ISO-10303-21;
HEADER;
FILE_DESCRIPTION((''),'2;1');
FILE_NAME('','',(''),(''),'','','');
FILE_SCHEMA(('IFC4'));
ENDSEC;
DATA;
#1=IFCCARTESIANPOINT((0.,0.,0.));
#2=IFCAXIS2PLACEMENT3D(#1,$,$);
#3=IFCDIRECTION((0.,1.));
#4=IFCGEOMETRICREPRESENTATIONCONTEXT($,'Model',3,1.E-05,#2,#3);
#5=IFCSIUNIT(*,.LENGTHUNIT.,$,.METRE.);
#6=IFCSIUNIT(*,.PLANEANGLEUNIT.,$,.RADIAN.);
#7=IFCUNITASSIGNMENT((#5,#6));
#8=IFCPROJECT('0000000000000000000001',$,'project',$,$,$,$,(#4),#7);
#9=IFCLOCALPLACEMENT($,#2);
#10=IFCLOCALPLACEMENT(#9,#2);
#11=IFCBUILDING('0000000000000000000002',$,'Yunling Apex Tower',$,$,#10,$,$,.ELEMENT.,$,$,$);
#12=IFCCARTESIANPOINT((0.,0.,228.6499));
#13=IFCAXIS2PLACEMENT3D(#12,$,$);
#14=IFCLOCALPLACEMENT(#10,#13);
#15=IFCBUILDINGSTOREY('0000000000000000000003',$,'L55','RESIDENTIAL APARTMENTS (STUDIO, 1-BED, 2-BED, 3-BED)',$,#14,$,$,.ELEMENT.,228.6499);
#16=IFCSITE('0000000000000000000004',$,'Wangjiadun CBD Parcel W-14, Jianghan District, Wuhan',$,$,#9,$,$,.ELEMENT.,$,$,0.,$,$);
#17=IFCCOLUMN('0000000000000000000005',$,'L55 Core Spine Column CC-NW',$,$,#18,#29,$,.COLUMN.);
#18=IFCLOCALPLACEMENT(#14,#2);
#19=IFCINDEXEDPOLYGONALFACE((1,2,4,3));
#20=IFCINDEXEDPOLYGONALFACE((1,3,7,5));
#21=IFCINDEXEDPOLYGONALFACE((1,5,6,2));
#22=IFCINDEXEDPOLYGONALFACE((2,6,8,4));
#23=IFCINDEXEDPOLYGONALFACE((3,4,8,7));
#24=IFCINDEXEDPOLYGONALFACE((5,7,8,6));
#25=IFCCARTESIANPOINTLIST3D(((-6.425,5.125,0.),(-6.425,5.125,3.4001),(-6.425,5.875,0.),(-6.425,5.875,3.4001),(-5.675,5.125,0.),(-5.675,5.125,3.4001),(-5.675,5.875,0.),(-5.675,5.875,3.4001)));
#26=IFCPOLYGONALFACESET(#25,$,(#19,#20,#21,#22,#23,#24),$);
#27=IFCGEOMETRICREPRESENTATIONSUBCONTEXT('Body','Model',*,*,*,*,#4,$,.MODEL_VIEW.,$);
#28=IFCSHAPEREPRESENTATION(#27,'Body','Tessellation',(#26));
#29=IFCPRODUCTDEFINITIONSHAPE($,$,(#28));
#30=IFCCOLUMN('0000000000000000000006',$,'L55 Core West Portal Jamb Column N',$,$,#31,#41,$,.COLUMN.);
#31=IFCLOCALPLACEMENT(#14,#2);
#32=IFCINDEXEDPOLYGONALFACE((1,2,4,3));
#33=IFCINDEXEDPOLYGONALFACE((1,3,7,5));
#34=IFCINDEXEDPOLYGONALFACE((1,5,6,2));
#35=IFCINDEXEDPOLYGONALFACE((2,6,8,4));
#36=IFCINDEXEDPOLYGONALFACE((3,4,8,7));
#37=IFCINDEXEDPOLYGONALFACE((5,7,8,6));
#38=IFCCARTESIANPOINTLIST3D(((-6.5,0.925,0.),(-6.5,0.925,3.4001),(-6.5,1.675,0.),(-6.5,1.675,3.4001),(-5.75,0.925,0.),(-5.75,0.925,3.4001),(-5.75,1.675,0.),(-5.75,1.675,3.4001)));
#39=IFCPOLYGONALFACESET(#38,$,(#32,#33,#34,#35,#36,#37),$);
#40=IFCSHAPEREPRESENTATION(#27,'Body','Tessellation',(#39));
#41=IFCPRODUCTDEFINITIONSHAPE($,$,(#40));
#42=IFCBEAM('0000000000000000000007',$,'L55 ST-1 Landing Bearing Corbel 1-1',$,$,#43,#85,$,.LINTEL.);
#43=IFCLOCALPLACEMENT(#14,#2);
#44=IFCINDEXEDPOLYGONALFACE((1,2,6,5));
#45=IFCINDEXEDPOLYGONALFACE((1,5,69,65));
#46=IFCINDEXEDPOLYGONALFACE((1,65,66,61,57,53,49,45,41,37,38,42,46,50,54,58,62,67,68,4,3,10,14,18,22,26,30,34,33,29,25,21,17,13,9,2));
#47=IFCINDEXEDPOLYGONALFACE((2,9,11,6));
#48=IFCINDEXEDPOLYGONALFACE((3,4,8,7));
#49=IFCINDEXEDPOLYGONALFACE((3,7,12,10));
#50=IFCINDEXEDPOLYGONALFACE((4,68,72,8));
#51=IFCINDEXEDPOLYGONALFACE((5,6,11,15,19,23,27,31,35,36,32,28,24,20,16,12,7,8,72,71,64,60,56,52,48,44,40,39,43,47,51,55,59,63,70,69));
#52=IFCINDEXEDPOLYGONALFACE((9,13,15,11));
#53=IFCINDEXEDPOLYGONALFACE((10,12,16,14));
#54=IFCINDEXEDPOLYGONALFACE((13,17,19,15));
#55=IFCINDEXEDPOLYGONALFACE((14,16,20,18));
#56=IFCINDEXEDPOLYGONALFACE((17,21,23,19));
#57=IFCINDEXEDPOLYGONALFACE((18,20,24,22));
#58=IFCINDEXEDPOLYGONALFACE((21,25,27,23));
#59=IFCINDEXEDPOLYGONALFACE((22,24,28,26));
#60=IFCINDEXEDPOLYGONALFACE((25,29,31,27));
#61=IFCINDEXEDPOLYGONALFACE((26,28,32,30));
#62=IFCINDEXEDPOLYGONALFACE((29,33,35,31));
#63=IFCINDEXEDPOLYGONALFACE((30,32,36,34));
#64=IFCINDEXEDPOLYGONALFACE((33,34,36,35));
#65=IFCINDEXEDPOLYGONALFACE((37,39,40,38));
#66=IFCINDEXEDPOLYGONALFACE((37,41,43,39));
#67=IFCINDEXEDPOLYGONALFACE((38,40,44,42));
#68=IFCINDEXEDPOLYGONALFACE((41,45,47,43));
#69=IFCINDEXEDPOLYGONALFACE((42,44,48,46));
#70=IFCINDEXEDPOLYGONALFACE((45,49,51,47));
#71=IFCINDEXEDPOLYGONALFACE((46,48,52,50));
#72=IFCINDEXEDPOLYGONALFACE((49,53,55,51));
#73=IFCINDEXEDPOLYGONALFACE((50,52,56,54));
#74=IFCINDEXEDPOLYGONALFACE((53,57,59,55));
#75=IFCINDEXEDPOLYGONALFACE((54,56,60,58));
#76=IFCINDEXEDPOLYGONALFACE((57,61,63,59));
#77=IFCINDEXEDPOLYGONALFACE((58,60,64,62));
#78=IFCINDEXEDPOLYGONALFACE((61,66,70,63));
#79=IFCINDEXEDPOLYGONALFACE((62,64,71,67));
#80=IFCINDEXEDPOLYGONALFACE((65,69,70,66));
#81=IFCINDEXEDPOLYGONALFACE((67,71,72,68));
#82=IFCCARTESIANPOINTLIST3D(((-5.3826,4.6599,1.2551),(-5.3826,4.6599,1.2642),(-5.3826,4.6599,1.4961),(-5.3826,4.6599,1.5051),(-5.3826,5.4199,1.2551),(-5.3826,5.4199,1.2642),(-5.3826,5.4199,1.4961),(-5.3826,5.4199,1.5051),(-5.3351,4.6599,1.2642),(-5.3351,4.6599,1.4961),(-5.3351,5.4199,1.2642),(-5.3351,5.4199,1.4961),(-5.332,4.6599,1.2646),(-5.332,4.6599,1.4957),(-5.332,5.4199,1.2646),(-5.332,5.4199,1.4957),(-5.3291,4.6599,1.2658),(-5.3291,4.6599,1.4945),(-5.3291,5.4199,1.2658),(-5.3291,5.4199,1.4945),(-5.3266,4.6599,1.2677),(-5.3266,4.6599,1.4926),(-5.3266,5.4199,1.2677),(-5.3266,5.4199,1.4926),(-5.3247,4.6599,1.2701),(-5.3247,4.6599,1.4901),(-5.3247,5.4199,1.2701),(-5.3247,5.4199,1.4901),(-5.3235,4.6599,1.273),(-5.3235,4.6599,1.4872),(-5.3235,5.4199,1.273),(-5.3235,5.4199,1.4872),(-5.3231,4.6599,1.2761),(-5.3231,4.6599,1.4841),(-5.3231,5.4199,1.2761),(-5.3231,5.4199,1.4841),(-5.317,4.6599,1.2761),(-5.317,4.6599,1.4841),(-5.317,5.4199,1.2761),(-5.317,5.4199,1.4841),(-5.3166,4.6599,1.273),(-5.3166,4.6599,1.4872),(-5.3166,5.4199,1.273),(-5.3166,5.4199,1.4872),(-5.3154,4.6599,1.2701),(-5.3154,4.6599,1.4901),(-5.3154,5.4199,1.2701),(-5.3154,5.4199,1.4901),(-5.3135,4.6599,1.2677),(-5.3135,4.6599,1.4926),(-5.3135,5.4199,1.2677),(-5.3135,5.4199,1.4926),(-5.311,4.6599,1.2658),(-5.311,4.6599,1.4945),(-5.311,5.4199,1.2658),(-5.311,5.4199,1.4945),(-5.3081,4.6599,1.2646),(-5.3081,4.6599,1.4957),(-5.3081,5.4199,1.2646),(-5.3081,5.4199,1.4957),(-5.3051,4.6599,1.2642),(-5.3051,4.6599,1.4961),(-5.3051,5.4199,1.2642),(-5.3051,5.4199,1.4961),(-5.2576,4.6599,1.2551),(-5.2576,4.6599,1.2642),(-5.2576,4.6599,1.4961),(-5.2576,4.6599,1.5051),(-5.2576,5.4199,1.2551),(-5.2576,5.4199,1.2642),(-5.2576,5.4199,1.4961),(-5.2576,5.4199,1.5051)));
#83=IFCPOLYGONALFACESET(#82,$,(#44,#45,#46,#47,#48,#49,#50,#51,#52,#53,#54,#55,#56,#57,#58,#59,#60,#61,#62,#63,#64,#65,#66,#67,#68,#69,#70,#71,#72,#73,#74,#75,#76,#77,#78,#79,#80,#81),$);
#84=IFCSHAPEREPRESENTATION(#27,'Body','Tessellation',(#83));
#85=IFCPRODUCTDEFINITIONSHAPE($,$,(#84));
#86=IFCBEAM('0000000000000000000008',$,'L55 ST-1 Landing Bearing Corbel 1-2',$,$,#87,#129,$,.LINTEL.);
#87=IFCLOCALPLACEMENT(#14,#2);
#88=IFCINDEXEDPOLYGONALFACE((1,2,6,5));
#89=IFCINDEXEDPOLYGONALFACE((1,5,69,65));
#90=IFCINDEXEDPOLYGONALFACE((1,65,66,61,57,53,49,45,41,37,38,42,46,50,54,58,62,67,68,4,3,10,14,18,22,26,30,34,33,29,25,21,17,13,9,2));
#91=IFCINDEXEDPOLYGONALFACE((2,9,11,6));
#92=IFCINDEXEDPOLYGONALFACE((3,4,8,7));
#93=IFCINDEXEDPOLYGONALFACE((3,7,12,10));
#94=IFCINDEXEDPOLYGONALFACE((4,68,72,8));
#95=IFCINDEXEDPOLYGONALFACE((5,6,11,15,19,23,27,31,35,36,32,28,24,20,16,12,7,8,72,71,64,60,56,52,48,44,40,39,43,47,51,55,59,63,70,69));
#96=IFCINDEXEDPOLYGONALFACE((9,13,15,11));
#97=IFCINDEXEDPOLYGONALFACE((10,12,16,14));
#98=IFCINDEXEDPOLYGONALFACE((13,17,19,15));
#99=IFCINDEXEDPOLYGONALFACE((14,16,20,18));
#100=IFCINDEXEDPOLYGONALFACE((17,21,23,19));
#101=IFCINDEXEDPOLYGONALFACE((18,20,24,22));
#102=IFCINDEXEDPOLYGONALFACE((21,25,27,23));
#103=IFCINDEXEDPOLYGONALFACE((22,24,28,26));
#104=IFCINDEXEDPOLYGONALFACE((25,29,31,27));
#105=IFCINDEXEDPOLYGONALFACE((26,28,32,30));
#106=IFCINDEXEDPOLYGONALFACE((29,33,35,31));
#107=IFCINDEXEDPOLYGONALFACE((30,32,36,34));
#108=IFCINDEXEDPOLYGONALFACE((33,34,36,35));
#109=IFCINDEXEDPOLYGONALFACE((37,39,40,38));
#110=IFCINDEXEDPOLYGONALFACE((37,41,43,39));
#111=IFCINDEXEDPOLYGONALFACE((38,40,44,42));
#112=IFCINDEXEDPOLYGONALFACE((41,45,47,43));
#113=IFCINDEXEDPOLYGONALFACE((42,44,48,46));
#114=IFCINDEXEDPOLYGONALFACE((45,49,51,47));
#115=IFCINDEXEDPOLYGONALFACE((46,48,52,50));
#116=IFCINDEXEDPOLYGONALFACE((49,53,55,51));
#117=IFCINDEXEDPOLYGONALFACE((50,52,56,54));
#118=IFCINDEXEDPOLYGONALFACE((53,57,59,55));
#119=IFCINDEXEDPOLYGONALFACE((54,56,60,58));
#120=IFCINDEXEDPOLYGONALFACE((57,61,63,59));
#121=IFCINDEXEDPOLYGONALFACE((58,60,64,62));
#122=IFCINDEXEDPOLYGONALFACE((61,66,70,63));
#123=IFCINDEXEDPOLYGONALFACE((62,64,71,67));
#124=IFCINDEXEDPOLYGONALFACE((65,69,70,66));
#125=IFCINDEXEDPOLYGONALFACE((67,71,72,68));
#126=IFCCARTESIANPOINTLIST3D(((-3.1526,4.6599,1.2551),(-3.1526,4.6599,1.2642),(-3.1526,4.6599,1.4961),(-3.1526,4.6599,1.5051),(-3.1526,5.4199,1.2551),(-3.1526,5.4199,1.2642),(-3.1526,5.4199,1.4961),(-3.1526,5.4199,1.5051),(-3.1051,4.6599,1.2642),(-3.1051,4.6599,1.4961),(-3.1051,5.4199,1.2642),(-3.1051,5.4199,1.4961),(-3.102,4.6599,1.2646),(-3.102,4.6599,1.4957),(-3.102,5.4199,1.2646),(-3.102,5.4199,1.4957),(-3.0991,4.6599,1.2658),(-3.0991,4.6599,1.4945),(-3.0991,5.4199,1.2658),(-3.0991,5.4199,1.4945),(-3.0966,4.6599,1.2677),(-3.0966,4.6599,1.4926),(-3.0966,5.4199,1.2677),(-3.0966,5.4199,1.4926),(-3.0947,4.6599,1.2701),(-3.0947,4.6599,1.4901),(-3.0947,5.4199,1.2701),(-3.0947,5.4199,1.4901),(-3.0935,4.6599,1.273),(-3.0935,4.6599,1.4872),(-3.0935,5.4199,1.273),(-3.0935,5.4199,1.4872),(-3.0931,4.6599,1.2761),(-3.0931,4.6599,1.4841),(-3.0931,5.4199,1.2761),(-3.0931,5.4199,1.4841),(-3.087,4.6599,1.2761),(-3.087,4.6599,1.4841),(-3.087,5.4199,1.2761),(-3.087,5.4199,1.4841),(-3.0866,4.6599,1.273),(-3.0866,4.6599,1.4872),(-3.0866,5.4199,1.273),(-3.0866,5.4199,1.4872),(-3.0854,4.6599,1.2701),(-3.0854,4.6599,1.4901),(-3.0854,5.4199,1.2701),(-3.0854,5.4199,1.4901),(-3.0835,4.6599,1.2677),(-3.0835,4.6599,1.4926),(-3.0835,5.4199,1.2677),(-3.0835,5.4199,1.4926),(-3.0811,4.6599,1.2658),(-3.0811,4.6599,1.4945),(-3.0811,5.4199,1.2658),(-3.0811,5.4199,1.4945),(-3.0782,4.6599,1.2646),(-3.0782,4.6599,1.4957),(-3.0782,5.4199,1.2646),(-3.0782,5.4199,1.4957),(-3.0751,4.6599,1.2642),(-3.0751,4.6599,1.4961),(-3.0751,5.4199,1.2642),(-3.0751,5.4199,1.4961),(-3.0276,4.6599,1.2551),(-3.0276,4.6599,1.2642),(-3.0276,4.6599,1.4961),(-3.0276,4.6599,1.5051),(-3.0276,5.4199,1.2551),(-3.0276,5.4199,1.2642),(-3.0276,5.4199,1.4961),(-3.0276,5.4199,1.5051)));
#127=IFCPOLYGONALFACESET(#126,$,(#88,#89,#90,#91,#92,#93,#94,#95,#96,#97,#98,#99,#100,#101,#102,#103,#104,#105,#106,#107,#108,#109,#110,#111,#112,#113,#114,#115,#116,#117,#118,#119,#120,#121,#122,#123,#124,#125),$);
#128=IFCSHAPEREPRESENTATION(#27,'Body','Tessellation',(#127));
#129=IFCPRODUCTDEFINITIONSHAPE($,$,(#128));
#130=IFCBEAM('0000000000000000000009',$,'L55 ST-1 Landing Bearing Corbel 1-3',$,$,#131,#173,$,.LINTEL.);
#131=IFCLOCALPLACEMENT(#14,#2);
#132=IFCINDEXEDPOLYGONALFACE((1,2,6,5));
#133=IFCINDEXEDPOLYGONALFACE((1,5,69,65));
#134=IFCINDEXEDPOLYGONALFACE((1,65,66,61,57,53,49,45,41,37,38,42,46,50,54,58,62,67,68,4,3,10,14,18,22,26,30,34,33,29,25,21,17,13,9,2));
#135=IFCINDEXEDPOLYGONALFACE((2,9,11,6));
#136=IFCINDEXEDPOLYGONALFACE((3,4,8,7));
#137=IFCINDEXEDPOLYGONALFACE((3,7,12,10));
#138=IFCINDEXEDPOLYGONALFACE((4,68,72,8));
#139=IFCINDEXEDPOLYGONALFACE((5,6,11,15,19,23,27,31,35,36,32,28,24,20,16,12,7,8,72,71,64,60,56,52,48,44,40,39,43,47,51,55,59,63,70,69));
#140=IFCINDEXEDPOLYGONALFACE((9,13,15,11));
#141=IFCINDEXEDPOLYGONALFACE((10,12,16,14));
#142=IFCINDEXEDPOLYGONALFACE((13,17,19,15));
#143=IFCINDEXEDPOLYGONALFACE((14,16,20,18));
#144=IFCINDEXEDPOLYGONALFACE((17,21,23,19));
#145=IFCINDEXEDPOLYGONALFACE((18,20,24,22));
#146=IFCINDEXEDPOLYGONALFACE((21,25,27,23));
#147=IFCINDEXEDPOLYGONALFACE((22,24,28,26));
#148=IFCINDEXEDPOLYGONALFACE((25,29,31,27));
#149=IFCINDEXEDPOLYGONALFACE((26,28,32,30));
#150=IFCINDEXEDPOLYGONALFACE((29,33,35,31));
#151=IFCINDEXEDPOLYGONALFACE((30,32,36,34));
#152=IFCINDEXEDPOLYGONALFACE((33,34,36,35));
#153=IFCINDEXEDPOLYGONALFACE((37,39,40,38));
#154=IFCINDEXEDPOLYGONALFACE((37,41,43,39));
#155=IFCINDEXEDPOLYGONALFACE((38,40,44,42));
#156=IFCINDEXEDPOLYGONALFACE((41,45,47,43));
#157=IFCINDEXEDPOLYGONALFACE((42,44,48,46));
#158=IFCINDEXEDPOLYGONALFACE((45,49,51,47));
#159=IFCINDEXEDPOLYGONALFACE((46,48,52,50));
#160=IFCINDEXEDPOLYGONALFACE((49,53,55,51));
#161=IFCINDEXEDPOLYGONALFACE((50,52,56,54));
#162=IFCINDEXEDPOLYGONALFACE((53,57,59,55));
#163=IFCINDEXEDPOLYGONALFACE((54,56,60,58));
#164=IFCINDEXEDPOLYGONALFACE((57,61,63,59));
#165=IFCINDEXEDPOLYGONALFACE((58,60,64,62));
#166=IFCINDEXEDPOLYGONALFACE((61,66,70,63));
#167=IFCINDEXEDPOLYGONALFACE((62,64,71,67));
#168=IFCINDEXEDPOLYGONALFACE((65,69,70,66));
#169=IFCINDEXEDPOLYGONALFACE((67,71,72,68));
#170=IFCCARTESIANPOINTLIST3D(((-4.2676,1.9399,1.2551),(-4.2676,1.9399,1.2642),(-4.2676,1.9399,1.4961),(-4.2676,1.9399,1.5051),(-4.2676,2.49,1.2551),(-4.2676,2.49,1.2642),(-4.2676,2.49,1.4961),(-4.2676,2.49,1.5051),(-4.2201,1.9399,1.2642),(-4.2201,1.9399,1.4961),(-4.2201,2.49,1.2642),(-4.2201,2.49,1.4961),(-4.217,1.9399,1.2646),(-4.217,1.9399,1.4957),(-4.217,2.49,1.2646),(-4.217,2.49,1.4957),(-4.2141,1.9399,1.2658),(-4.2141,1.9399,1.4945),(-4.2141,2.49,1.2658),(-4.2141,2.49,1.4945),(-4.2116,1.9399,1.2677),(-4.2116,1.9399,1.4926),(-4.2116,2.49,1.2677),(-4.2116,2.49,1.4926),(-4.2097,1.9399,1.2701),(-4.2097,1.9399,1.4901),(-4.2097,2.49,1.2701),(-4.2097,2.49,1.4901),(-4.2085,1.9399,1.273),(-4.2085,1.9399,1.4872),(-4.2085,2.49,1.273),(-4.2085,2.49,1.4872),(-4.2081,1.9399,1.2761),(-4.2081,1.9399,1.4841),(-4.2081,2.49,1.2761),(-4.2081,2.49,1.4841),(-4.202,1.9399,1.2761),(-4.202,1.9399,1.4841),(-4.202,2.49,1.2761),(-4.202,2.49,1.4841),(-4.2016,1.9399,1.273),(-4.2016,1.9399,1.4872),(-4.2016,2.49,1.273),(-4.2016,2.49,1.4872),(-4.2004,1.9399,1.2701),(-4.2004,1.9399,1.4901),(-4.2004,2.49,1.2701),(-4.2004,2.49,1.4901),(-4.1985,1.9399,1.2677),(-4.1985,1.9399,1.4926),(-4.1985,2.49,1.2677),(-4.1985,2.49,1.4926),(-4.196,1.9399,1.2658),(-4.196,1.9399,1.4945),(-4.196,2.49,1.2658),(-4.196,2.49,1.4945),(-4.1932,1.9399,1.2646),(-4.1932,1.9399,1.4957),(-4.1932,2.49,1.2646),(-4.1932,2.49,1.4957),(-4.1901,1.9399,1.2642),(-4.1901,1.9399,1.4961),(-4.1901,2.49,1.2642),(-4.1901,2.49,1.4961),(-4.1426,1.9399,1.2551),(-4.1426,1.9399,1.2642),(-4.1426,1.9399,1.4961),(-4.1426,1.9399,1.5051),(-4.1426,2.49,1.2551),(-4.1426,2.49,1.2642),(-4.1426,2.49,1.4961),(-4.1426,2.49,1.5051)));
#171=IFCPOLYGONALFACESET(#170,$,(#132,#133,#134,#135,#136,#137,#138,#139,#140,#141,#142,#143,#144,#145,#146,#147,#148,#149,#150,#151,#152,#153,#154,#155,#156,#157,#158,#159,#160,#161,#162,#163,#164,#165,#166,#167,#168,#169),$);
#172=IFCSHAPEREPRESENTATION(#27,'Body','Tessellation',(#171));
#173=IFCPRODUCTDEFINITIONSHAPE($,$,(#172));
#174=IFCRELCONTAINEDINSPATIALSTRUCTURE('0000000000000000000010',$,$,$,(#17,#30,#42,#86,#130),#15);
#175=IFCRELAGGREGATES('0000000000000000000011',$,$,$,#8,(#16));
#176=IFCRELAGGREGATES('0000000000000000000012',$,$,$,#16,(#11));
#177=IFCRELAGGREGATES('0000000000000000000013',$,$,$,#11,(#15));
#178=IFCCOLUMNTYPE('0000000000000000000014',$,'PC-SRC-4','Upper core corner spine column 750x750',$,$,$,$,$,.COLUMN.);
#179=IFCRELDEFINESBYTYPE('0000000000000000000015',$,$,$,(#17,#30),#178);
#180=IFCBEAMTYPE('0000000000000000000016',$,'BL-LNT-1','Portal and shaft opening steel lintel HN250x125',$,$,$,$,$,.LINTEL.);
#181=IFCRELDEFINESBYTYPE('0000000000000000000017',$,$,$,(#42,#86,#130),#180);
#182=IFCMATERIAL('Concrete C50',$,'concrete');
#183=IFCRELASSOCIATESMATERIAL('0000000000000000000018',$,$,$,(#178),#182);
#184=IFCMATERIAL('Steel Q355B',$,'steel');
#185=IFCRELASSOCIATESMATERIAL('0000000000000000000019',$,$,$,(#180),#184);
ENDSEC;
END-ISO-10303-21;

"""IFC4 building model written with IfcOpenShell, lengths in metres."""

from ifc_helpers import new_model, si_unit, direction, frame, origin, origin_2d, place, context, subcontext, project, spatial, rectangle, i_section, extrude, source, transform, mapped, material, material_profile, profile_set, type_object, element, save


model = new_model("IFC4")

# Units and contexts
model_context = context("Model", 3, precision=1e-05, world=origin(), true_north=direction((0.0, 1.0)))
body_context = subcontext(model_context, "Body", "Model", "MODEL_VIEW")
ifc_project = project(units=[si_unit("LENGTHUNIT", "METRE"), si_unit("PLANEANGLEUNIT", "RADIAN")], contexts=[model_context])

# Site, building, storey
site_placement = place(None, origin())
site = spatial("IfcSite", under=ifc_project, at=site_placement, Name="Wangjiadun CBD Parcel W-14, Jianghan District, Wuhan", CompositionType="ELEMENT", RefElevation=0.0)
building_placement = place(site_placement, origin())
building = spatial("IfcBuilding", under=site, at=building_placement, Name="Yunling Apex Tower", CompositionType="ELEMENT")
storey_placement = place(building_placement, frame((0.0, 0.0, 228.6499)))
storey = spatial("IfcBuildingStorey", under=building, at=storey_placement, Name="L55", Description="RESIDENTIAL APARTMENTS (STUDIO, 1-BED, 2-BED, 3-BED)", CompositionType="ELEMENT", Elevation=228.6499)

# Columns
ifc_material_1 = material(Name="Concrete C50", Category="concrete")
ifc_material_profile_1 = material_profile(ifc_material_1, rectangle(XDim=0.75, YDim=0.75, at=origin_2d()))
ifc_profile_set_1 = profile_set([ifc_material_profile_1], Name="Concrete C50")
column_type = type_object("IfcColumnType", Name="PC-SRC-4", Description="Upper core corner spine column 750x750", PredefinedType="COLUMN", material=ifc_profile_set_1)
shared_shape_1 = source(origin(), body_context, "Body", "SweptSolid", [
    extrude(rectangle(XDim=0.75, YDim=0.75, at=origin_2d()), origin(), (0.0, 0.0, 1.0), 3.4001),
])
for number, where, z_axis, x_axis, name in (
    (1, (-6.05, 5.5, 0.0), (0.0, 0.0, 1.0), (1.0, 0.0, 0.0), "L55 Core Spine Column CC-NW"),
    (2, (-6.125, 1.3, 0.0), (0.0, 0.0, 1.0), (1.0, 0.0, 0.0), "L55 Core West Portal Jamb Column N"),
):
    element("IfcColumn", number, at=place(storey_placement, frame(where, z_axis=z_axis, x_axis=x_axis)), inside=storey, type_object=column_type, Name=name, PredefinedType="COLUMN", context=body_context, shape_type="MappedRepresentation", body=[
        mapped(shared_shape_1, transform((0.0, 0.0, 0.0), scale=1.0)),
    ])

# Beams
ifc_material_2 = material(Name="Steel Q355B", Category="steel")
ifc_material_profile_2 = material_profile(ifc_material_2, i_section(OverallWidth=0.125, OverallDepth=0.25, WebThickness=0.0061, FlangeThickness=0.009, FilletRadius=0.012, at=origin_2d()))
ifc_profile_set_2 = profile_set([ifc_material_profile_2], Name="Steel Q355B")
beam_type_1 = type_object("IfcBeamType", Name="BL-LNT-1", Description="Portal and shaft opening steel lintel HN250x125", PredefinedType="LINTEL", material=ifc_profile_set_2)
shared_shape_2 = source(origin(), body_context, "Body", "SweptSolid", [
    extrude(i_section(OverallWidth=0.125, OverallDepth=0.25, WebThickness=0.0061, FlangeThickness=0.009, FilletRadius=0.012, at=origin_2d()), origin(), (0.0, 0.0, 1.0), 0.76),
])
for number, where, z_axis, x_axis, name in (
    (3, (-5.3201, 5.4199, 1.3801), (0.0, -1.0, 0.0), (1.0, 0.0, 0.0), "L55 ST-1 Landing Bearing Corbel 1-1"),
    (4, (-3.0901, 5.4199, 1.3801), (0.0, -1.0, 0.0), (1.0, 0.0, 0.0), "L55 ST-1 Landing Bearing Corbel 1-2"),
):
    element("IfcBeam", number, at=place(storey_placement, frame(where, z_axis=z_axis, x_axis=x_axis)), inside=storey, type_object=beam_type_1, Name=name, PredefinedType="LINTEL", context=body_context, shape_type="MappedRepresentation", body=[
        mapped(shared_shape_2, transform((0.0, 0.0, 0.0), scale=1.0)),
    ])
shared_shape_3 = source(origin(), body_context, "Body", "SweptSolid", [
    extrude(i_section(OverallWidth=0.125, OverallDepth=0.25, WebThickness=0.0061, FlangeThickness=0.009, FilletRadius=0.012, at=origin_2d()), origin(), (0.0, 0.0, 1.0), 0.55),
])
beam_1_placement = place(storey_placement, frame((-4.2051, 1.9399, 1.3801), z_axis=(0.0, 1.0, 0.0), x_axis=(-1.0, 0.0, 0.0)))
element("IfcBeam", 5, at=beam_1_placement, inside=storey, type_object=beam_type_1, Name="L55 ST-1 Landing Bearing Corbel 1-3", PredefinedType="LINTEL", context=body_context, shape_type="MappedRepresentation", body=[
    mapped(shared_shape_3, transform((0.0, 0.0, 0.0), scale=1.0)),
])

save(model, "model.ifc")
